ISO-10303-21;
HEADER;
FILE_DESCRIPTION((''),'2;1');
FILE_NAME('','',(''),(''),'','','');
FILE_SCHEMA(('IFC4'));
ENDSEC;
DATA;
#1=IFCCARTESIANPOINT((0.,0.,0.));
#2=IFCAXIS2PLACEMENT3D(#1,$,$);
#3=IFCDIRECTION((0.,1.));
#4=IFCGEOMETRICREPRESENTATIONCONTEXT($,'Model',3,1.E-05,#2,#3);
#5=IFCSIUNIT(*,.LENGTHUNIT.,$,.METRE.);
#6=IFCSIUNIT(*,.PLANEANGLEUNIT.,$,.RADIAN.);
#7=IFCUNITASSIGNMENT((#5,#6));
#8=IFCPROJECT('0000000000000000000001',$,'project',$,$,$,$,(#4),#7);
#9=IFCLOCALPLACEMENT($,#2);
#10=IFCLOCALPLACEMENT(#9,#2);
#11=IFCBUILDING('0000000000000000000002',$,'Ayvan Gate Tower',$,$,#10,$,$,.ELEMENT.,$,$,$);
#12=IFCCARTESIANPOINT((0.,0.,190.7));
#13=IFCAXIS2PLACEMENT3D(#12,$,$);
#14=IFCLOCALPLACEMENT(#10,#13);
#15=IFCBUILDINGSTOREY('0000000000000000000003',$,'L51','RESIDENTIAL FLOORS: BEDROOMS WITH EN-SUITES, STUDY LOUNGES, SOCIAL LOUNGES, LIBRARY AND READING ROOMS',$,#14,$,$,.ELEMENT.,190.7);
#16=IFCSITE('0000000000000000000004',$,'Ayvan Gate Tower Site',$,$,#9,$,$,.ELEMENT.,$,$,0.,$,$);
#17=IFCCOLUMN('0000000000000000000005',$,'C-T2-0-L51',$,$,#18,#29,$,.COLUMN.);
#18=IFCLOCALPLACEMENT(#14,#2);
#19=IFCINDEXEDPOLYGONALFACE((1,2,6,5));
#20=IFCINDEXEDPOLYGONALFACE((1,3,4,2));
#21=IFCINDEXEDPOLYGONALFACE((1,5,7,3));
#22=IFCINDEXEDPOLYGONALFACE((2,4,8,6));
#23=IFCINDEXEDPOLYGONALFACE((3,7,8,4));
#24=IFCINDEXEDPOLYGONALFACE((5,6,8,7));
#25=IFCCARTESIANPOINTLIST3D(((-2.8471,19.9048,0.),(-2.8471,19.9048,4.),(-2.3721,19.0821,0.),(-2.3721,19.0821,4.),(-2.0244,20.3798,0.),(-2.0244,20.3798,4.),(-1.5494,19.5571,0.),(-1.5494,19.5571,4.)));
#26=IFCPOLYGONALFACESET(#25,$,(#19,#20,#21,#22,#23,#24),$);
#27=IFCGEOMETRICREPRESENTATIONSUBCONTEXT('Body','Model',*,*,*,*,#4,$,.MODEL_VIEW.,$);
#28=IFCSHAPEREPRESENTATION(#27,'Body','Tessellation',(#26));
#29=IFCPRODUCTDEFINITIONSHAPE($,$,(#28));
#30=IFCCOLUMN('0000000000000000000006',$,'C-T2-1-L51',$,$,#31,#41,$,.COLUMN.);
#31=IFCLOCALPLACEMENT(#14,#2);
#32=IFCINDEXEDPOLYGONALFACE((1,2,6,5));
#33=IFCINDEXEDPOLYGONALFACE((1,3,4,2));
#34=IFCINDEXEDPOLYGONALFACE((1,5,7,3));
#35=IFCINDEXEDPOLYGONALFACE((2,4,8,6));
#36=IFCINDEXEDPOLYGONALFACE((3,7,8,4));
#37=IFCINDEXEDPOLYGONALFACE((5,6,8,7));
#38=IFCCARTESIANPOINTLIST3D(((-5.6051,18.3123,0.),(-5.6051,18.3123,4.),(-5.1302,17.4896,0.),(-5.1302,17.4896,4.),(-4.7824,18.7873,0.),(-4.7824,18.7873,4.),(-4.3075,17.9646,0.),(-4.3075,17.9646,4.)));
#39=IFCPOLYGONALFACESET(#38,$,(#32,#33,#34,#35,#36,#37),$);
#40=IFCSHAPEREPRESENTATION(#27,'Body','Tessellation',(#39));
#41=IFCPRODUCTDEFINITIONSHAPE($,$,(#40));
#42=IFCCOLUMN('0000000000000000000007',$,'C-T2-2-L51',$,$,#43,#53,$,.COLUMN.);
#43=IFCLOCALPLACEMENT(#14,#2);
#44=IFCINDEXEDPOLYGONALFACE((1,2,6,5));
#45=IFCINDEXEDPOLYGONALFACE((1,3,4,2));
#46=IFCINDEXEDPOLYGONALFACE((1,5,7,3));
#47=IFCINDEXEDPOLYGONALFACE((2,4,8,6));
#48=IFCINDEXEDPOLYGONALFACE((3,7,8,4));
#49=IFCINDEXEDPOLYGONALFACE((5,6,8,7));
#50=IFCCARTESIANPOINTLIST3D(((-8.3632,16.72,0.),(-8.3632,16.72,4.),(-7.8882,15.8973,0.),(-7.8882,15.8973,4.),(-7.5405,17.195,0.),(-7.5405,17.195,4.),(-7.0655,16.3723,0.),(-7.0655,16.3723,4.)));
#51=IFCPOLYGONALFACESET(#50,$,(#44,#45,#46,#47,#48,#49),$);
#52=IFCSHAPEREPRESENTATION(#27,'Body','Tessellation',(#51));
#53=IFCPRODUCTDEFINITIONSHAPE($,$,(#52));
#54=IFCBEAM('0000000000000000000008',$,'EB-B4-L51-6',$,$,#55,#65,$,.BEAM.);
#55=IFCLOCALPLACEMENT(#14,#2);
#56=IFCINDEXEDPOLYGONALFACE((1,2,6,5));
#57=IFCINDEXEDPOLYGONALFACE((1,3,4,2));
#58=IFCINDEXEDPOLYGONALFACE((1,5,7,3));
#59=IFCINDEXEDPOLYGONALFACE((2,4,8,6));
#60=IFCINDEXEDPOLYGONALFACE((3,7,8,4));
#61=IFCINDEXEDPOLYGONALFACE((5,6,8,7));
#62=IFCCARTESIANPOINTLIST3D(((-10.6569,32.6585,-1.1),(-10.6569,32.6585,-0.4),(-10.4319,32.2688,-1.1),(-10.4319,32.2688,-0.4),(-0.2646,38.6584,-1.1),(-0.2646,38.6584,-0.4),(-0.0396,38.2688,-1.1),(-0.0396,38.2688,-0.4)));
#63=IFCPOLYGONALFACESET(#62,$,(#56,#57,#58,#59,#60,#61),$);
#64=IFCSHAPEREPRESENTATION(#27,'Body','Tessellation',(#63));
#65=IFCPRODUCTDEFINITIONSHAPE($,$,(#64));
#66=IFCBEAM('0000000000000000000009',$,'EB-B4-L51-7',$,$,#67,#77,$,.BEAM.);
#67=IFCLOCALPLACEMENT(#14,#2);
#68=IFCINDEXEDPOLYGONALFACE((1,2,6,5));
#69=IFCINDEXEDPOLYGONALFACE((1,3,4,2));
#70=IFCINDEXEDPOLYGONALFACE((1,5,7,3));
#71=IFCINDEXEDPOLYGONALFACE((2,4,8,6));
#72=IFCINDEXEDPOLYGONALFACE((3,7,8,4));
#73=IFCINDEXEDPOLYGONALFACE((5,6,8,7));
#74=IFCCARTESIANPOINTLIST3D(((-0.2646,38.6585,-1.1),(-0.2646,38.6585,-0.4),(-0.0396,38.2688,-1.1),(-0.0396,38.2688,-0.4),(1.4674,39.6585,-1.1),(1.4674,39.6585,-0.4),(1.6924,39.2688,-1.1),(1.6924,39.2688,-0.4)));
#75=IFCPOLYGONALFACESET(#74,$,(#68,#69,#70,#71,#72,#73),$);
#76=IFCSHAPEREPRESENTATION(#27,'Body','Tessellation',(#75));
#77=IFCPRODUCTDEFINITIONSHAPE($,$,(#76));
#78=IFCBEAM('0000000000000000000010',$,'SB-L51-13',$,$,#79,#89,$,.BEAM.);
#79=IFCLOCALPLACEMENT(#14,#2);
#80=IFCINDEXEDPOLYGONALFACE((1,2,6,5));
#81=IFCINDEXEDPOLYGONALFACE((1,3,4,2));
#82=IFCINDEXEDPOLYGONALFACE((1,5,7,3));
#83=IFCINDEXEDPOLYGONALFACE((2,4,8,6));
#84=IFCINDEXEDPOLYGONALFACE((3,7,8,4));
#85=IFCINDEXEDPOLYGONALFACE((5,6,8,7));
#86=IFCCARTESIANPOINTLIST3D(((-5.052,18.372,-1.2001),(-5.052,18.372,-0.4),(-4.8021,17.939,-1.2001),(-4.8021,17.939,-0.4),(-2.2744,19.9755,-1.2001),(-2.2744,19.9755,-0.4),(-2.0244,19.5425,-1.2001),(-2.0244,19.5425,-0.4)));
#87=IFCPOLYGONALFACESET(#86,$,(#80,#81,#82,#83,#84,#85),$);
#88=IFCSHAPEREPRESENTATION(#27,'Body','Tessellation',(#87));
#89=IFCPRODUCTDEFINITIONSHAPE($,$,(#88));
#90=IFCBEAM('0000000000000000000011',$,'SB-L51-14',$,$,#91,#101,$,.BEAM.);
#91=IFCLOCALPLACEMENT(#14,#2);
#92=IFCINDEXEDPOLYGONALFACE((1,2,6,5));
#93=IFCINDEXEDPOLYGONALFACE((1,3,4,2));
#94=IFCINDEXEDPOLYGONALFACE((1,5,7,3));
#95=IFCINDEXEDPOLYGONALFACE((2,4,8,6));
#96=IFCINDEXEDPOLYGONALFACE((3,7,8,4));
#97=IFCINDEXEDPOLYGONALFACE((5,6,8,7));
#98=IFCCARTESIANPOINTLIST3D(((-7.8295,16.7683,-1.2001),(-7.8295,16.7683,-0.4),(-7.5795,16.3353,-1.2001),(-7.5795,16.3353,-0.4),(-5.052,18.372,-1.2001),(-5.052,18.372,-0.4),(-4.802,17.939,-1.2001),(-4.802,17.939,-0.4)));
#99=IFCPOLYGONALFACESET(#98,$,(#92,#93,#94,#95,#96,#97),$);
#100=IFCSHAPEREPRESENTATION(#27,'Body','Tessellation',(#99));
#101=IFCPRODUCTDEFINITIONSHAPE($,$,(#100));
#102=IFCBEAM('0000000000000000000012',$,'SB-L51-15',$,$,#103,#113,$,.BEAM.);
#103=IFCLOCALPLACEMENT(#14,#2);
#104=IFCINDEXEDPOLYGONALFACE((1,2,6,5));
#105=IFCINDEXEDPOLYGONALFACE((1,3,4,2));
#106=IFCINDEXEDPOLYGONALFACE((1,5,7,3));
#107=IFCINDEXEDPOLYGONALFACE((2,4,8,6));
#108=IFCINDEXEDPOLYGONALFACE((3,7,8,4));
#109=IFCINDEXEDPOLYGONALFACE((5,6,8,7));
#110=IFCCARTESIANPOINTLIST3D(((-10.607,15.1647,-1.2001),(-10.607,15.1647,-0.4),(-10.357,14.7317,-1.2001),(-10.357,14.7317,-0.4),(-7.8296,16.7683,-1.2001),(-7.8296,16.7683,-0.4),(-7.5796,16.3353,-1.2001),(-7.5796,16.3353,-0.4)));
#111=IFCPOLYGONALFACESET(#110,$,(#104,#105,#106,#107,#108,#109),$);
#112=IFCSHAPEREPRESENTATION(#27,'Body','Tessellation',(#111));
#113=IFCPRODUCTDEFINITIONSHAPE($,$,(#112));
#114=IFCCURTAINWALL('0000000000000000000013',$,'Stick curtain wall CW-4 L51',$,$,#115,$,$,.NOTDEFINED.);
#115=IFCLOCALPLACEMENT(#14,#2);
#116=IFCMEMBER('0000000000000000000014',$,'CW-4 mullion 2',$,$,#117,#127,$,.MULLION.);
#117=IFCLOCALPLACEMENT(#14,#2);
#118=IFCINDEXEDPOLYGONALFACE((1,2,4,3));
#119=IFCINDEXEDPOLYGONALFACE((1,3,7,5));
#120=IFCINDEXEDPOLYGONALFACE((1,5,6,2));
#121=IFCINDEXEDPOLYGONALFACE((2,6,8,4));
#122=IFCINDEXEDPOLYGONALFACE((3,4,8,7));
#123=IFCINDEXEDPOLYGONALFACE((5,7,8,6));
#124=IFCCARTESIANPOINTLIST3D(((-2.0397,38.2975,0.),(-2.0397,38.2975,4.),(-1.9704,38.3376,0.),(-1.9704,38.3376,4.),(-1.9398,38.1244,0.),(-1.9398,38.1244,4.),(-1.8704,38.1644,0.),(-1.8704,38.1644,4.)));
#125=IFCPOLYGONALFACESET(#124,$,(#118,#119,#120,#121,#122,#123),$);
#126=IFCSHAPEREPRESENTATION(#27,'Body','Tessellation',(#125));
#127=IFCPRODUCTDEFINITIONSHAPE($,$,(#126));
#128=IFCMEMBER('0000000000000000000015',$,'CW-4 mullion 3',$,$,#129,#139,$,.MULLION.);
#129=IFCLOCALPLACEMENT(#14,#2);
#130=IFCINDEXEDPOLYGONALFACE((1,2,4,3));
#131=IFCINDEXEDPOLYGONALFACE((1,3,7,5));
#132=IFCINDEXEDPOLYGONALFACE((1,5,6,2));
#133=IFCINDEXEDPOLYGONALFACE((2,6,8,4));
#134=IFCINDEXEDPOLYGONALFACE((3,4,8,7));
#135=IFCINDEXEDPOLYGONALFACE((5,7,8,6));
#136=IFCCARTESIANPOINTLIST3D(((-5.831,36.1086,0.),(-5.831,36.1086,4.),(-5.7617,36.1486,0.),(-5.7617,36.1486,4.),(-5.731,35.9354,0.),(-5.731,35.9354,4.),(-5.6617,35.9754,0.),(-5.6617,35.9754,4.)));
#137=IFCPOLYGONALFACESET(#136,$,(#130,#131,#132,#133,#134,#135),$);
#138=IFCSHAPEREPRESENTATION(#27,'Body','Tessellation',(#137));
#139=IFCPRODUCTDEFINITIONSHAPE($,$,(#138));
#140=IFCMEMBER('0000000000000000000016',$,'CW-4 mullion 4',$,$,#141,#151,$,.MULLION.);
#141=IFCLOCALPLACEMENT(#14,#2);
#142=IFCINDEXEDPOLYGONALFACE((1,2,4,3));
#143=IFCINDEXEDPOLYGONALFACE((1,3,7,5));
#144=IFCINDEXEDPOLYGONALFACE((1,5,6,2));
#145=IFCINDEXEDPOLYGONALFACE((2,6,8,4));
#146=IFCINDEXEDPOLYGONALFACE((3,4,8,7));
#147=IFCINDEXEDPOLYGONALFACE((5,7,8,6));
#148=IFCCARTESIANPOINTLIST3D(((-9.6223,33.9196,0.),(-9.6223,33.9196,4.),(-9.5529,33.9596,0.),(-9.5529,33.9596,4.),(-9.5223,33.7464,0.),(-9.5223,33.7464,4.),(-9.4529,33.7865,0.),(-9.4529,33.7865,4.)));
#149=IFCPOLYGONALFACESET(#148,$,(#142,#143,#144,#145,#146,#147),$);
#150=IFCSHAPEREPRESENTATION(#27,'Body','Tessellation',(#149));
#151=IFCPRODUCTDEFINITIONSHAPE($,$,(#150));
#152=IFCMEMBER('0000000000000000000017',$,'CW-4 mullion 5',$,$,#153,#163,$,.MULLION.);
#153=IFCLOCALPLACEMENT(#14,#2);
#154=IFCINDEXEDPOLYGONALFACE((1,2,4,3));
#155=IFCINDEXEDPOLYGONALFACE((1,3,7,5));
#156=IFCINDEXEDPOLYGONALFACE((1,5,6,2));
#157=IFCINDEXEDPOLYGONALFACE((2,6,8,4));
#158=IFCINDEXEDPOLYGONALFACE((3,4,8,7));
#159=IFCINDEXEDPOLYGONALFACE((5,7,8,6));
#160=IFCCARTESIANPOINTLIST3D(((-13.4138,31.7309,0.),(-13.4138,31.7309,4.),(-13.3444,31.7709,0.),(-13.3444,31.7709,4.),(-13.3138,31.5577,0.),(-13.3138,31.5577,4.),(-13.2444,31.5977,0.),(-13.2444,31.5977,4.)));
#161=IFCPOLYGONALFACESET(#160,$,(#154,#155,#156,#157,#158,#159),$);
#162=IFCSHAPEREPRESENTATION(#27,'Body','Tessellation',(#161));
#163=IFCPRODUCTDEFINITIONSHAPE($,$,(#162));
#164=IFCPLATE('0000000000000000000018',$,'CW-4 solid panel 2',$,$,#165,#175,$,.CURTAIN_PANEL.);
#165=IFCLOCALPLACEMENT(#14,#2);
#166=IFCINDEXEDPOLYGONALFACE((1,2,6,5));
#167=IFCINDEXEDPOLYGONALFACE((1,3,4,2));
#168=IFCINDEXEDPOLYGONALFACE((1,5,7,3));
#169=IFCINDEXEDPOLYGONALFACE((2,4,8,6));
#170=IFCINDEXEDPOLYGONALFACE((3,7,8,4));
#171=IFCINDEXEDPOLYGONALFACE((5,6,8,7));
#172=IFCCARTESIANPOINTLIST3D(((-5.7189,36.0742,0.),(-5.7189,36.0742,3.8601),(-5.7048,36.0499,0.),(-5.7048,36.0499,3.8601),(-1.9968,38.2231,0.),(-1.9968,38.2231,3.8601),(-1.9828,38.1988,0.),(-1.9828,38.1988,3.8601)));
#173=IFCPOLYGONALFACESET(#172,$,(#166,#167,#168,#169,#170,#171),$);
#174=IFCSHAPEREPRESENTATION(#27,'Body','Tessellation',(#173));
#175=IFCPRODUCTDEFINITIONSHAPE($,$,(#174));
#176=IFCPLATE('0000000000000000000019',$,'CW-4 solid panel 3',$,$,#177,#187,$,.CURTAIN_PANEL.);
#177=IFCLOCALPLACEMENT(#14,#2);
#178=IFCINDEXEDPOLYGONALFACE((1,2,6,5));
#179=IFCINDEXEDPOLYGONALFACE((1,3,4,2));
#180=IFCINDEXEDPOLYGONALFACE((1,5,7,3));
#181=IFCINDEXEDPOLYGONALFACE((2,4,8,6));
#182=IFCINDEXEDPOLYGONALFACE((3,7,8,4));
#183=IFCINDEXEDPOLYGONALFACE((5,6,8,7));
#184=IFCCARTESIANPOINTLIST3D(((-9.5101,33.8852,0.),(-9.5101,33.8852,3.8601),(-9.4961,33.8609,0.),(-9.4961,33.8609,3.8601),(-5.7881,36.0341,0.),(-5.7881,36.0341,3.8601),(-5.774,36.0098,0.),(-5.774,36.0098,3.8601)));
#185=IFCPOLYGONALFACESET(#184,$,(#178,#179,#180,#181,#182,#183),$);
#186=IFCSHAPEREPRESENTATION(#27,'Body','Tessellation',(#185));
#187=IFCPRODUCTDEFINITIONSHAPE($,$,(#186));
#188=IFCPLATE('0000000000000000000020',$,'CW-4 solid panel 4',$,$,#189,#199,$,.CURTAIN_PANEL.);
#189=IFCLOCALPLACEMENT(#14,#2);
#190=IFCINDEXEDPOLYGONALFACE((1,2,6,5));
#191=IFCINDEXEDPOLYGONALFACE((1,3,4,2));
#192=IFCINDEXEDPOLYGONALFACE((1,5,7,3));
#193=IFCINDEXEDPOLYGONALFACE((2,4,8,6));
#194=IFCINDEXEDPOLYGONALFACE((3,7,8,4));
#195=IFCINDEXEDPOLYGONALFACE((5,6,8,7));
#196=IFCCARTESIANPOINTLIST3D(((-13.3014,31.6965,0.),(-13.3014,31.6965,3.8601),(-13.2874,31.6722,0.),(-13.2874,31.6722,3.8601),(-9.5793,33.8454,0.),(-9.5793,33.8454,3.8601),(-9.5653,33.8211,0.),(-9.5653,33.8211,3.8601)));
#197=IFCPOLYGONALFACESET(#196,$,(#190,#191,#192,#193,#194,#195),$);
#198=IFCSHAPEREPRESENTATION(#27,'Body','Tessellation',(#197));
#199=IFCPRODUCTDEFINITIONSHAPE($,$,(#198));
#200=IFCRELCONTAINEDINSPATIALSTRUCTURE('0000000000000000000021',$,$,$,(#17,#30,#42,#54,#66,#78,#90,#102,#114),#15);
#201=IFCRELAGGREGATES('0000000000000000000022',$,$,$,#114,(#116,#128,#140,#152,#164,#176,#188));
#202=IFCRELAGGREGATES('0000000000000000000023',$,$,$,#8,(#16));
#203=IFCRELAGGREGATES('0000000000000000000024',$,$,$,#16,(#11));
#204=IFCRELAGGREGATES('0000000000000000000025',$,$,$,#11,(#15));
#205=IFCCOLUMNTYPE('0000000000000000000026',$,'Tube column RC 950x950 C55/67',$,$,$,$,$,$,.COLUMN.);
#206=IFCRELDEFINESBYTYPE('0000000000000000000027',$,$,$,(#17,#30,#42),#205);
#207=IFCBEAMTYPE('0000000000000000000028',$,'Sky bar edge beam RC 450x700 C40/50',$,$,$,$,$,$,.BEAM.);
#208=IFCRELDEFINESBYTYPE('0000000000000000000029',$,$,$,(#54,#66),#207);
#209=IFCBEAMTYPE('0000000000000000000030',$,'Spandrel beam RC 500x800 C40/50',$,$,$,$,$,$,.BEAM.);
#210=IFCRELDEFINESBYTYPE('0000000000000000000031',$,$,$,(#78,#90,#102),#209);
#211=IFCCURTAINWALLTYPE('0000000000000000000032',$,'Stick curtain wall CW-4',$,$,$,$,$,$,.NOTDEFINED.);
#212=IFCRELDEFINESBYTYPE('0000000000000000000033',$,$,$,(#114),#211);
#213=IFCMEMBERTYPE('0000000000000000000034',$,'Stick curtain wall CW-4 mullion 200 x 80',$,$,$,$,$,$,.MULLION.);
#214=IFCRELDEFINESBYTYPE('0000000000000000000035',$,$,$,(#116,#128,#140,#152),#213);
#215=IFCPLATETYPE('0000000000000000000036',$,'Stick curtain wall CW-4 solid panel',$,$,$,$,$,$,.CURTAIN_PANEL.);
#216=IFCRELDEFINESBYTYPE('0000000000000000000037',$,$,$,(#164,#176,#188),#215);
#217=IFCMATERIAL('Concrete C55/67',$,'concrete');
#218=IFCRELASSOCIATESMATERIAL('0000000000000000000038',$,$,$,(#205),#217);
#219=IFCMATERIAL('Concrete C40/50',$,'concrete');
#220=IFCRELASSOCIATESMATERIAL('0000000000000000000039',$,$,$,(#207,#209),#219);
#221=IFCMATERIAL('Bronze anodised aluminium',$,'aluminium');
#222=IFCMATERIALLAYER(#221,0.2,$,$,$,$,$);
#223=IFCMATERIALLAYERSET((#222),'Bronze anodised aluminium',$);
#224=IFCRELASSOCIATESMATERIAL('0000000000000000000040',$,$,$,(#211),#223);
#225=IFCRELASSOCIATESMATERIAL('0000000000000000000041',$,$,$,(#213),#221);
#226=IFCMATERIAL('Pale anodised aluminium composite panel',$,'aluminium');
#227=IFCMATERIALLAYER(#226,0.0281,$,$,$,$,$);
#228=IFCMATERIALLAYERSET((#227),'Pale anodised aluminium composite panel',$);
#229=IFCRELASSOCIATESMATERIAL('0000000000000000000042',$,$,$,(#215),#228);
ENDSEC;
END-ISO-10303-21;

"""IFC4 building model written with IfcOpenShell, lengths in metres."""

from ifc_helpers import new_model, si_unit, direction, frame, origin, origin_2d, place, context, subcontext, project, spatial, rectangle, extrude, material, layer, layer_set, material_profile, profile_set, type_object, element, aggregate, save


model = new_model("IFC4")

# Units and contexts
model_context = context("Model", 3, precision=1e-05, world=origin(), true_north=direction((0.0, 1.0)))
body_context = subcontext(model_context, "Body", "Model", "MODEL_VIEW")
ifc_project = project(units=[si_unit("LENGTHUNIT", "METRE"), si_unit("PLANEANGLEUNIT", "RADIAN")], contexts=[model_context])

# Site, building, storey
site_placement = place(None, origin())
site = spatial("IfcSite", under=ifc_project, at=site_placement, Name="Ayvan Gate Tower Site", CompositionType="ELEMENT", RefElevation=0.0)
building_placement = place(site_placement, origin())
building = spatial("IfcBuilding", under=site, at=building_placement, Name="Ayvan Gate Tower", CompositionType="ELEMENT")
storey_placement = place(building_placement, frame((0.0, 0.0, 190.7)))
storey = spatial("IfcBuildingStorey", under=building, at=storey_placement, Name="L51", Description="RESIDENTIAL FLOORS: BEDROOMS WITH EN-SUITES, STUDY LOUNGES, SOCIAL LOUNGES, LIBRARY AND READING ROOMS", CompositionType="ELEMENT", Elevation=190.7)

# Columns
ifc_material_1 = material(Name="Concrete C55/67", Category="concrete")
ifc_material_profile_1 = material_profile(ifc_material_1, rectangle(XDim=0.95, YDim=0.95, at=origin_2d()), Name="RC 950x950")
ifc_profile_set_1 = profile_set([ifc_material_profile_1], Name="Concrete C55/67")
column_type = type_object("IfcColumnType", Name="Tube column RC 950x950 C55/67", PredefinedType="COLUMN", material=ifc_profile_set_1)
for number, where, z_axis, x_axis, name in (
    (1, (-2.1982, 19.731, 0.0), (0.0, 0.0, 1.0), (-0.5, 0.866025, 0.0), "C-T2-0-L51"),
    (2, (-4.9563, 18.1384, 0.0), (0.0, 0.0, 1.0), (-0.5, 0.866025, 0.0), "C-T2-1-L51"),
    (3, (-7.7144, 16.5461, 0.0), (0.0, 0.0, 1.0), (-0.5, 0.866025, 0.0), "C-T2-2-L51"),
):
    element("IfcColumn", number, at=place(storey_placement, frame(where, z_axis=z_axis, x_axis=x_axis)), inside=storey, type_object=column_type, Name=name, PredefinedType="COLUMN", context=body_context, shape_type="SweptSolid", body=[
        extrude(rectangle(XDim=0.95, YDim=0.95, at=origin_2d()), origin(), (0.0, 0.0, 1.0), 4.0),
    ])

# Beams
ifc_material_2 = material(Name="Concrete C40/50", Category="concrete")
ifc_material_profile_2 = material_profile(ifc_material_2, rectangle(XDim=0.45, YDim=0.7, at=origin_2d()), Name="RC 450x700")
ifc_profile_set_2 = profile_set([ifc_material_profile_2], Name="Concrete C40/50")
beam_type_1 = type_object("IfcBeamType", Name="Sky bar edge beam RC 450x700 C40/50", PredefinedType="BEAM", material=ifc_profile_set_2)
beam_1_placement = place(storey_placement, frame((-10.5444, 32.4636, -0.75), z_axis=(0.866026, 0.499999, 0.0), x_axis=(-0.499999, 0.866026, 0.0)))
element("IfcBeam", 4, at=beam_1_placement, inside=storey, type_object=beam_type_1, Name="EB-B4-L51-6", PredefinedType="BEAM", context=body_context, shape_type="SweptSolid", body=[
    extrude(rectangle(XDim=0.45, YDim=0.7, at=origin_2d()), origin(), (0.0, 0.0, 1.0), 12.0),
])
beam_2_placement = place(storey_placement, frame((-0.1521, 38.4636, -0.75), z_axis=(0.866011, 0.500025, 0.0), x_axis=(-0.500025, 0.866011, 0.0)))
element("IfcBeam", 5, at=beam_2_placement, inside=storey, type_object=beam_type_1, Name="EB-B4-L51-7", PredefinedType="BEAM", context=body_context, shape_type="SweptSolid", body=[
    extrude(rectangle(XDim=0.45, YDim=0.7, at=origin_2d()), origin(), (0.0, 0.0, 1.0), 2.0),
])
ifc_material_profile_3 = material_profile(ifc_material_2, rectangle(XDim=0.5, YDim=0.8, at=origin_2d()), Name="RC 500x800")
ifc_profile_set_3 = profile_set([ifc_material_profile_3], Name="Concrete C40/50")
beam_type_2 = type_object("IfcBeamType", Name="Spandrel beam RC 500x800 C40/50", PredefinedType="BEAM", material=ifc_profile_set_3)
for number, where, z_axis, x_axis, name in (
    (6, (-2.1494, 19.759, -0.8), (-0.866042, -0.499971, 0.0), (0.499971, -0.866042, 0.0), "SB-L51-13"),
    (7, (-4.927, 18.1555, -0.8), (-0.866009, -0.500028, 0.0), (0.500028, -0.866009, 0.0), "SB-L51-14"),
):
    element("IfcBeam", number, at=place(storey_placement, frame(where, z_axis=z_axis, x_axis=x_axis)), inside=storey, type_object=beam_type_2, Name=name, PredefinedType="BEAM", context=body_context, shape_type="SweptSolid", body=[
        extrude(rectangle(XDim=0.5, YDim=0.8, at=origin_2d()), origin(), (0.0, 0.0, 1.0), 3.2073),
    ])
beam_3_placement = place(storey_placement, frame((-7.7046, 16.5518, -0.8), z_axis=(-0.866023, -0.500004, 0.0), x_axis=(0.500004, -0.866023, 0.0)))
element("IfcBeam", 8, at=beam_3_placement, inside=storey, type_object=beam_type_2, Name="SB-L51-15", PredefinedType="BEAM", context=body_context, shape_type="SweptSolid", body=[
    extrude(rectangle(XDim=0.5, YDim=0.8, at=origin_2d()), origin(), (0.0, 0.0, 1.0), 3.207),
])

# Curtain wall, members, plates
ifc_material_3 = material(Name="Bronze anodised aluminium", Category="aluminium")
ifc_layer_1 = layer(ifc_material_3, 0.2)
ifc_layer_set_1 = layer_set([ifc_layer_1], Name="Bronze anodised aluminium")
curtain_wall_type = type_object("IfcCurtainWallType", Name="Stick curtain wall CW-4", PredefinedType="NOTDEFINED", material=ifc_layer_set_1)
curtain_wall_placement = place(storey_placement, origin())
curtain_wall = element("IfcCurtainWall", 9, at=curtain_wall_placement, inside=storey, type_object=curtain_wall_type, Name="Stick curtain wall CW-4 L51", PredefinedType="NOTDEFINED")
ifc_material_profile_4 = material_profile(ifc_material_3, rectangle(XDim=0.2, YDim=0.0801, at=origin_2d()), Name="Stick curtain wall CW-4 mullion 200 x 80")
ifc_profile_set_4 = profile_set([ifc_material_profile_4], Name="Bronze anodised aluminium")
member_type = type_object("IfcMemberType", Name="Stick curtain wall CW-4 mullion 200 x 80", PredefinedType="MULLION", material=ifc_profile_set_4)
member_1_placement = place(storey_placement, frame((-1.9551, 38.231, 0.0), z_axis=(0.0, 0.0, 1.0), x_axis=(-0.5, 0.866025, 0.0)))
member_1 = element("IfcMember", 10, at=member_1_placement, type_object=member_type, Name="CW-4 mullion 2", PredefinedType="MULLION", context=body_context, shape_type="SweptSolid", body=[
    extrude(rectangle(XDim=0.2, YDim=0.0801, at=origin_2d()), origin(), (0.0, 0.0, 1.0), 4.0),
])
member_2_placement = place(storey_placement, frame((-5.7463, 36.042, 0.0), z_axis=(0.0, 0.0, 1.0), x_axis=(-0.5, 0.866025, 0.0)))
member_2 = element("IfcMember", 11, at=member_2_placement, type_object=member_type, Name="CW-4 mullion 3", PredefinedType="MULLION", context=body_context, shape_type="SweptSolid", body=[
    extrude(rectangle(XDim=0.2, YDim=0.0801, at=origin_2d()), origin(), (0.0, 0.0, 1.0), 4.0),
])
member_3_placement = place(storey_placement, frame((-9.5376, 33.853, 0.0), z_axis=(0.0, 0.0, 1.0), x_axis=(-0.5, 0.866025, 0.0)))
member_3 = element("IfcMember", 12, at=member_3_placement, type_object=member_type, Name="CW-4 mullion 4", PredefinedType="MULLION", context=body_context, shape_type="SweptSolid", body=[
    extrude(rectangle(XDim=0.2, YDim=0.0801, at=origin_2d()), origin(), (0.0, 0.0, 1.0), 4.0),
])
member_4_placement = place(storey_placement, frame((-13.3291, 31.6643, 0.0), z_axis=(0.0, 0.0, 1.0), x_axis=(-0.5, 0.866025, 0.0)))
member_4 = element("IfcMember", 13, at=member_4_placement, type_object=member_type, Name="CW-4 mullion 5", PredefinedType="MULLION", context=body_context, shape_type="SweptSolid", body=[
    extrude(rectangle(XDim=0.2, YDim=0.0801, at=origin_2d()), origin(), (0.0, 0.0, 1.0), 4.0),
])
ifc_material_4 = material(Name="Pale anodised aluminium composite panel", Category="aluminium")
ifc_layer_2 = layer(ifc_material_4, 0.0281)
ifc_layer_set_2 = layer_set([ifc_layer_2], Name="Pale anodised aluminium composite panel")
plate_type = type_object("IfcPlateType", Name="Stick curtain wall CW-4 solid panel", PredefinedType="CURTAIN_PANEL", material=ifc_layer_set_2)
plate_1_placement = place(storey_placement, frame((-3.8508, 37.1365, 0.0), z_axis=(0.0, 0.0, 1.0), x_axis=(-0.866025, -0.5, 0.0)))
plate_1 = element("IfcPlate", 14, at=plate_1_placement, type_object=plate_type, Name="CW-4 solid panel 2", PredefinedType="CURTAIN_PANEL", context=body_context, shape_type="SweptSolid", body=[
    extrude(rectangle(XDim=4.2979, YDim=0.0281, at=origin_2d()), origin(), (0.0, 0.0, 1.0), 3.8601),
])
plate_2_placement = place(storey_placement, frame((-7.6421, 34.9475, 0.0), z_axis=(0.0, 0.0, 1.0), x_axis=(-0.866025, -0.5, 0.0)))
plate_2 = element("IfcPlate", 15, at=plate_2_placement, type_object=plate_type, Name="CW-4 solid panel 3", PredefinedType="CURTAIN_PANEL", context=body_context, shape_type="SweptSolid", body=[
    extrude(rectangle(XDim=4.2979, YDim=0.0281, at=origin_2d()), origin(), (0.0, 0.0, 1.0), 3.8601),
])
plate_3_placement = place(storey_placement, frame((-11.4333, 32.7588, 0.0), z_axis=(0.0, 0.0, 1.0), x_axis=(-0.866025, -0.5, 0.0)))
plate_3 = element("IfcPlate", 16, at=plate_3_placement, type_object=plate_type, Name="CW-4 solid panel 4", PredefinedType="CURTAIN_PANEL", context=body_context, shape_type="SweptSolid", body=[
    extrude(rectangle(XDim=4.2979, YDim=0.0281, at=origin_2d()), origin(), (0.0, 0.0, 1.0), 3.8601),
])
aggregate(curtain_wall, [member_1, member_2, member_3, member_4, plate_1, plate_2, plate_3])

save(model, "model.ifc")
